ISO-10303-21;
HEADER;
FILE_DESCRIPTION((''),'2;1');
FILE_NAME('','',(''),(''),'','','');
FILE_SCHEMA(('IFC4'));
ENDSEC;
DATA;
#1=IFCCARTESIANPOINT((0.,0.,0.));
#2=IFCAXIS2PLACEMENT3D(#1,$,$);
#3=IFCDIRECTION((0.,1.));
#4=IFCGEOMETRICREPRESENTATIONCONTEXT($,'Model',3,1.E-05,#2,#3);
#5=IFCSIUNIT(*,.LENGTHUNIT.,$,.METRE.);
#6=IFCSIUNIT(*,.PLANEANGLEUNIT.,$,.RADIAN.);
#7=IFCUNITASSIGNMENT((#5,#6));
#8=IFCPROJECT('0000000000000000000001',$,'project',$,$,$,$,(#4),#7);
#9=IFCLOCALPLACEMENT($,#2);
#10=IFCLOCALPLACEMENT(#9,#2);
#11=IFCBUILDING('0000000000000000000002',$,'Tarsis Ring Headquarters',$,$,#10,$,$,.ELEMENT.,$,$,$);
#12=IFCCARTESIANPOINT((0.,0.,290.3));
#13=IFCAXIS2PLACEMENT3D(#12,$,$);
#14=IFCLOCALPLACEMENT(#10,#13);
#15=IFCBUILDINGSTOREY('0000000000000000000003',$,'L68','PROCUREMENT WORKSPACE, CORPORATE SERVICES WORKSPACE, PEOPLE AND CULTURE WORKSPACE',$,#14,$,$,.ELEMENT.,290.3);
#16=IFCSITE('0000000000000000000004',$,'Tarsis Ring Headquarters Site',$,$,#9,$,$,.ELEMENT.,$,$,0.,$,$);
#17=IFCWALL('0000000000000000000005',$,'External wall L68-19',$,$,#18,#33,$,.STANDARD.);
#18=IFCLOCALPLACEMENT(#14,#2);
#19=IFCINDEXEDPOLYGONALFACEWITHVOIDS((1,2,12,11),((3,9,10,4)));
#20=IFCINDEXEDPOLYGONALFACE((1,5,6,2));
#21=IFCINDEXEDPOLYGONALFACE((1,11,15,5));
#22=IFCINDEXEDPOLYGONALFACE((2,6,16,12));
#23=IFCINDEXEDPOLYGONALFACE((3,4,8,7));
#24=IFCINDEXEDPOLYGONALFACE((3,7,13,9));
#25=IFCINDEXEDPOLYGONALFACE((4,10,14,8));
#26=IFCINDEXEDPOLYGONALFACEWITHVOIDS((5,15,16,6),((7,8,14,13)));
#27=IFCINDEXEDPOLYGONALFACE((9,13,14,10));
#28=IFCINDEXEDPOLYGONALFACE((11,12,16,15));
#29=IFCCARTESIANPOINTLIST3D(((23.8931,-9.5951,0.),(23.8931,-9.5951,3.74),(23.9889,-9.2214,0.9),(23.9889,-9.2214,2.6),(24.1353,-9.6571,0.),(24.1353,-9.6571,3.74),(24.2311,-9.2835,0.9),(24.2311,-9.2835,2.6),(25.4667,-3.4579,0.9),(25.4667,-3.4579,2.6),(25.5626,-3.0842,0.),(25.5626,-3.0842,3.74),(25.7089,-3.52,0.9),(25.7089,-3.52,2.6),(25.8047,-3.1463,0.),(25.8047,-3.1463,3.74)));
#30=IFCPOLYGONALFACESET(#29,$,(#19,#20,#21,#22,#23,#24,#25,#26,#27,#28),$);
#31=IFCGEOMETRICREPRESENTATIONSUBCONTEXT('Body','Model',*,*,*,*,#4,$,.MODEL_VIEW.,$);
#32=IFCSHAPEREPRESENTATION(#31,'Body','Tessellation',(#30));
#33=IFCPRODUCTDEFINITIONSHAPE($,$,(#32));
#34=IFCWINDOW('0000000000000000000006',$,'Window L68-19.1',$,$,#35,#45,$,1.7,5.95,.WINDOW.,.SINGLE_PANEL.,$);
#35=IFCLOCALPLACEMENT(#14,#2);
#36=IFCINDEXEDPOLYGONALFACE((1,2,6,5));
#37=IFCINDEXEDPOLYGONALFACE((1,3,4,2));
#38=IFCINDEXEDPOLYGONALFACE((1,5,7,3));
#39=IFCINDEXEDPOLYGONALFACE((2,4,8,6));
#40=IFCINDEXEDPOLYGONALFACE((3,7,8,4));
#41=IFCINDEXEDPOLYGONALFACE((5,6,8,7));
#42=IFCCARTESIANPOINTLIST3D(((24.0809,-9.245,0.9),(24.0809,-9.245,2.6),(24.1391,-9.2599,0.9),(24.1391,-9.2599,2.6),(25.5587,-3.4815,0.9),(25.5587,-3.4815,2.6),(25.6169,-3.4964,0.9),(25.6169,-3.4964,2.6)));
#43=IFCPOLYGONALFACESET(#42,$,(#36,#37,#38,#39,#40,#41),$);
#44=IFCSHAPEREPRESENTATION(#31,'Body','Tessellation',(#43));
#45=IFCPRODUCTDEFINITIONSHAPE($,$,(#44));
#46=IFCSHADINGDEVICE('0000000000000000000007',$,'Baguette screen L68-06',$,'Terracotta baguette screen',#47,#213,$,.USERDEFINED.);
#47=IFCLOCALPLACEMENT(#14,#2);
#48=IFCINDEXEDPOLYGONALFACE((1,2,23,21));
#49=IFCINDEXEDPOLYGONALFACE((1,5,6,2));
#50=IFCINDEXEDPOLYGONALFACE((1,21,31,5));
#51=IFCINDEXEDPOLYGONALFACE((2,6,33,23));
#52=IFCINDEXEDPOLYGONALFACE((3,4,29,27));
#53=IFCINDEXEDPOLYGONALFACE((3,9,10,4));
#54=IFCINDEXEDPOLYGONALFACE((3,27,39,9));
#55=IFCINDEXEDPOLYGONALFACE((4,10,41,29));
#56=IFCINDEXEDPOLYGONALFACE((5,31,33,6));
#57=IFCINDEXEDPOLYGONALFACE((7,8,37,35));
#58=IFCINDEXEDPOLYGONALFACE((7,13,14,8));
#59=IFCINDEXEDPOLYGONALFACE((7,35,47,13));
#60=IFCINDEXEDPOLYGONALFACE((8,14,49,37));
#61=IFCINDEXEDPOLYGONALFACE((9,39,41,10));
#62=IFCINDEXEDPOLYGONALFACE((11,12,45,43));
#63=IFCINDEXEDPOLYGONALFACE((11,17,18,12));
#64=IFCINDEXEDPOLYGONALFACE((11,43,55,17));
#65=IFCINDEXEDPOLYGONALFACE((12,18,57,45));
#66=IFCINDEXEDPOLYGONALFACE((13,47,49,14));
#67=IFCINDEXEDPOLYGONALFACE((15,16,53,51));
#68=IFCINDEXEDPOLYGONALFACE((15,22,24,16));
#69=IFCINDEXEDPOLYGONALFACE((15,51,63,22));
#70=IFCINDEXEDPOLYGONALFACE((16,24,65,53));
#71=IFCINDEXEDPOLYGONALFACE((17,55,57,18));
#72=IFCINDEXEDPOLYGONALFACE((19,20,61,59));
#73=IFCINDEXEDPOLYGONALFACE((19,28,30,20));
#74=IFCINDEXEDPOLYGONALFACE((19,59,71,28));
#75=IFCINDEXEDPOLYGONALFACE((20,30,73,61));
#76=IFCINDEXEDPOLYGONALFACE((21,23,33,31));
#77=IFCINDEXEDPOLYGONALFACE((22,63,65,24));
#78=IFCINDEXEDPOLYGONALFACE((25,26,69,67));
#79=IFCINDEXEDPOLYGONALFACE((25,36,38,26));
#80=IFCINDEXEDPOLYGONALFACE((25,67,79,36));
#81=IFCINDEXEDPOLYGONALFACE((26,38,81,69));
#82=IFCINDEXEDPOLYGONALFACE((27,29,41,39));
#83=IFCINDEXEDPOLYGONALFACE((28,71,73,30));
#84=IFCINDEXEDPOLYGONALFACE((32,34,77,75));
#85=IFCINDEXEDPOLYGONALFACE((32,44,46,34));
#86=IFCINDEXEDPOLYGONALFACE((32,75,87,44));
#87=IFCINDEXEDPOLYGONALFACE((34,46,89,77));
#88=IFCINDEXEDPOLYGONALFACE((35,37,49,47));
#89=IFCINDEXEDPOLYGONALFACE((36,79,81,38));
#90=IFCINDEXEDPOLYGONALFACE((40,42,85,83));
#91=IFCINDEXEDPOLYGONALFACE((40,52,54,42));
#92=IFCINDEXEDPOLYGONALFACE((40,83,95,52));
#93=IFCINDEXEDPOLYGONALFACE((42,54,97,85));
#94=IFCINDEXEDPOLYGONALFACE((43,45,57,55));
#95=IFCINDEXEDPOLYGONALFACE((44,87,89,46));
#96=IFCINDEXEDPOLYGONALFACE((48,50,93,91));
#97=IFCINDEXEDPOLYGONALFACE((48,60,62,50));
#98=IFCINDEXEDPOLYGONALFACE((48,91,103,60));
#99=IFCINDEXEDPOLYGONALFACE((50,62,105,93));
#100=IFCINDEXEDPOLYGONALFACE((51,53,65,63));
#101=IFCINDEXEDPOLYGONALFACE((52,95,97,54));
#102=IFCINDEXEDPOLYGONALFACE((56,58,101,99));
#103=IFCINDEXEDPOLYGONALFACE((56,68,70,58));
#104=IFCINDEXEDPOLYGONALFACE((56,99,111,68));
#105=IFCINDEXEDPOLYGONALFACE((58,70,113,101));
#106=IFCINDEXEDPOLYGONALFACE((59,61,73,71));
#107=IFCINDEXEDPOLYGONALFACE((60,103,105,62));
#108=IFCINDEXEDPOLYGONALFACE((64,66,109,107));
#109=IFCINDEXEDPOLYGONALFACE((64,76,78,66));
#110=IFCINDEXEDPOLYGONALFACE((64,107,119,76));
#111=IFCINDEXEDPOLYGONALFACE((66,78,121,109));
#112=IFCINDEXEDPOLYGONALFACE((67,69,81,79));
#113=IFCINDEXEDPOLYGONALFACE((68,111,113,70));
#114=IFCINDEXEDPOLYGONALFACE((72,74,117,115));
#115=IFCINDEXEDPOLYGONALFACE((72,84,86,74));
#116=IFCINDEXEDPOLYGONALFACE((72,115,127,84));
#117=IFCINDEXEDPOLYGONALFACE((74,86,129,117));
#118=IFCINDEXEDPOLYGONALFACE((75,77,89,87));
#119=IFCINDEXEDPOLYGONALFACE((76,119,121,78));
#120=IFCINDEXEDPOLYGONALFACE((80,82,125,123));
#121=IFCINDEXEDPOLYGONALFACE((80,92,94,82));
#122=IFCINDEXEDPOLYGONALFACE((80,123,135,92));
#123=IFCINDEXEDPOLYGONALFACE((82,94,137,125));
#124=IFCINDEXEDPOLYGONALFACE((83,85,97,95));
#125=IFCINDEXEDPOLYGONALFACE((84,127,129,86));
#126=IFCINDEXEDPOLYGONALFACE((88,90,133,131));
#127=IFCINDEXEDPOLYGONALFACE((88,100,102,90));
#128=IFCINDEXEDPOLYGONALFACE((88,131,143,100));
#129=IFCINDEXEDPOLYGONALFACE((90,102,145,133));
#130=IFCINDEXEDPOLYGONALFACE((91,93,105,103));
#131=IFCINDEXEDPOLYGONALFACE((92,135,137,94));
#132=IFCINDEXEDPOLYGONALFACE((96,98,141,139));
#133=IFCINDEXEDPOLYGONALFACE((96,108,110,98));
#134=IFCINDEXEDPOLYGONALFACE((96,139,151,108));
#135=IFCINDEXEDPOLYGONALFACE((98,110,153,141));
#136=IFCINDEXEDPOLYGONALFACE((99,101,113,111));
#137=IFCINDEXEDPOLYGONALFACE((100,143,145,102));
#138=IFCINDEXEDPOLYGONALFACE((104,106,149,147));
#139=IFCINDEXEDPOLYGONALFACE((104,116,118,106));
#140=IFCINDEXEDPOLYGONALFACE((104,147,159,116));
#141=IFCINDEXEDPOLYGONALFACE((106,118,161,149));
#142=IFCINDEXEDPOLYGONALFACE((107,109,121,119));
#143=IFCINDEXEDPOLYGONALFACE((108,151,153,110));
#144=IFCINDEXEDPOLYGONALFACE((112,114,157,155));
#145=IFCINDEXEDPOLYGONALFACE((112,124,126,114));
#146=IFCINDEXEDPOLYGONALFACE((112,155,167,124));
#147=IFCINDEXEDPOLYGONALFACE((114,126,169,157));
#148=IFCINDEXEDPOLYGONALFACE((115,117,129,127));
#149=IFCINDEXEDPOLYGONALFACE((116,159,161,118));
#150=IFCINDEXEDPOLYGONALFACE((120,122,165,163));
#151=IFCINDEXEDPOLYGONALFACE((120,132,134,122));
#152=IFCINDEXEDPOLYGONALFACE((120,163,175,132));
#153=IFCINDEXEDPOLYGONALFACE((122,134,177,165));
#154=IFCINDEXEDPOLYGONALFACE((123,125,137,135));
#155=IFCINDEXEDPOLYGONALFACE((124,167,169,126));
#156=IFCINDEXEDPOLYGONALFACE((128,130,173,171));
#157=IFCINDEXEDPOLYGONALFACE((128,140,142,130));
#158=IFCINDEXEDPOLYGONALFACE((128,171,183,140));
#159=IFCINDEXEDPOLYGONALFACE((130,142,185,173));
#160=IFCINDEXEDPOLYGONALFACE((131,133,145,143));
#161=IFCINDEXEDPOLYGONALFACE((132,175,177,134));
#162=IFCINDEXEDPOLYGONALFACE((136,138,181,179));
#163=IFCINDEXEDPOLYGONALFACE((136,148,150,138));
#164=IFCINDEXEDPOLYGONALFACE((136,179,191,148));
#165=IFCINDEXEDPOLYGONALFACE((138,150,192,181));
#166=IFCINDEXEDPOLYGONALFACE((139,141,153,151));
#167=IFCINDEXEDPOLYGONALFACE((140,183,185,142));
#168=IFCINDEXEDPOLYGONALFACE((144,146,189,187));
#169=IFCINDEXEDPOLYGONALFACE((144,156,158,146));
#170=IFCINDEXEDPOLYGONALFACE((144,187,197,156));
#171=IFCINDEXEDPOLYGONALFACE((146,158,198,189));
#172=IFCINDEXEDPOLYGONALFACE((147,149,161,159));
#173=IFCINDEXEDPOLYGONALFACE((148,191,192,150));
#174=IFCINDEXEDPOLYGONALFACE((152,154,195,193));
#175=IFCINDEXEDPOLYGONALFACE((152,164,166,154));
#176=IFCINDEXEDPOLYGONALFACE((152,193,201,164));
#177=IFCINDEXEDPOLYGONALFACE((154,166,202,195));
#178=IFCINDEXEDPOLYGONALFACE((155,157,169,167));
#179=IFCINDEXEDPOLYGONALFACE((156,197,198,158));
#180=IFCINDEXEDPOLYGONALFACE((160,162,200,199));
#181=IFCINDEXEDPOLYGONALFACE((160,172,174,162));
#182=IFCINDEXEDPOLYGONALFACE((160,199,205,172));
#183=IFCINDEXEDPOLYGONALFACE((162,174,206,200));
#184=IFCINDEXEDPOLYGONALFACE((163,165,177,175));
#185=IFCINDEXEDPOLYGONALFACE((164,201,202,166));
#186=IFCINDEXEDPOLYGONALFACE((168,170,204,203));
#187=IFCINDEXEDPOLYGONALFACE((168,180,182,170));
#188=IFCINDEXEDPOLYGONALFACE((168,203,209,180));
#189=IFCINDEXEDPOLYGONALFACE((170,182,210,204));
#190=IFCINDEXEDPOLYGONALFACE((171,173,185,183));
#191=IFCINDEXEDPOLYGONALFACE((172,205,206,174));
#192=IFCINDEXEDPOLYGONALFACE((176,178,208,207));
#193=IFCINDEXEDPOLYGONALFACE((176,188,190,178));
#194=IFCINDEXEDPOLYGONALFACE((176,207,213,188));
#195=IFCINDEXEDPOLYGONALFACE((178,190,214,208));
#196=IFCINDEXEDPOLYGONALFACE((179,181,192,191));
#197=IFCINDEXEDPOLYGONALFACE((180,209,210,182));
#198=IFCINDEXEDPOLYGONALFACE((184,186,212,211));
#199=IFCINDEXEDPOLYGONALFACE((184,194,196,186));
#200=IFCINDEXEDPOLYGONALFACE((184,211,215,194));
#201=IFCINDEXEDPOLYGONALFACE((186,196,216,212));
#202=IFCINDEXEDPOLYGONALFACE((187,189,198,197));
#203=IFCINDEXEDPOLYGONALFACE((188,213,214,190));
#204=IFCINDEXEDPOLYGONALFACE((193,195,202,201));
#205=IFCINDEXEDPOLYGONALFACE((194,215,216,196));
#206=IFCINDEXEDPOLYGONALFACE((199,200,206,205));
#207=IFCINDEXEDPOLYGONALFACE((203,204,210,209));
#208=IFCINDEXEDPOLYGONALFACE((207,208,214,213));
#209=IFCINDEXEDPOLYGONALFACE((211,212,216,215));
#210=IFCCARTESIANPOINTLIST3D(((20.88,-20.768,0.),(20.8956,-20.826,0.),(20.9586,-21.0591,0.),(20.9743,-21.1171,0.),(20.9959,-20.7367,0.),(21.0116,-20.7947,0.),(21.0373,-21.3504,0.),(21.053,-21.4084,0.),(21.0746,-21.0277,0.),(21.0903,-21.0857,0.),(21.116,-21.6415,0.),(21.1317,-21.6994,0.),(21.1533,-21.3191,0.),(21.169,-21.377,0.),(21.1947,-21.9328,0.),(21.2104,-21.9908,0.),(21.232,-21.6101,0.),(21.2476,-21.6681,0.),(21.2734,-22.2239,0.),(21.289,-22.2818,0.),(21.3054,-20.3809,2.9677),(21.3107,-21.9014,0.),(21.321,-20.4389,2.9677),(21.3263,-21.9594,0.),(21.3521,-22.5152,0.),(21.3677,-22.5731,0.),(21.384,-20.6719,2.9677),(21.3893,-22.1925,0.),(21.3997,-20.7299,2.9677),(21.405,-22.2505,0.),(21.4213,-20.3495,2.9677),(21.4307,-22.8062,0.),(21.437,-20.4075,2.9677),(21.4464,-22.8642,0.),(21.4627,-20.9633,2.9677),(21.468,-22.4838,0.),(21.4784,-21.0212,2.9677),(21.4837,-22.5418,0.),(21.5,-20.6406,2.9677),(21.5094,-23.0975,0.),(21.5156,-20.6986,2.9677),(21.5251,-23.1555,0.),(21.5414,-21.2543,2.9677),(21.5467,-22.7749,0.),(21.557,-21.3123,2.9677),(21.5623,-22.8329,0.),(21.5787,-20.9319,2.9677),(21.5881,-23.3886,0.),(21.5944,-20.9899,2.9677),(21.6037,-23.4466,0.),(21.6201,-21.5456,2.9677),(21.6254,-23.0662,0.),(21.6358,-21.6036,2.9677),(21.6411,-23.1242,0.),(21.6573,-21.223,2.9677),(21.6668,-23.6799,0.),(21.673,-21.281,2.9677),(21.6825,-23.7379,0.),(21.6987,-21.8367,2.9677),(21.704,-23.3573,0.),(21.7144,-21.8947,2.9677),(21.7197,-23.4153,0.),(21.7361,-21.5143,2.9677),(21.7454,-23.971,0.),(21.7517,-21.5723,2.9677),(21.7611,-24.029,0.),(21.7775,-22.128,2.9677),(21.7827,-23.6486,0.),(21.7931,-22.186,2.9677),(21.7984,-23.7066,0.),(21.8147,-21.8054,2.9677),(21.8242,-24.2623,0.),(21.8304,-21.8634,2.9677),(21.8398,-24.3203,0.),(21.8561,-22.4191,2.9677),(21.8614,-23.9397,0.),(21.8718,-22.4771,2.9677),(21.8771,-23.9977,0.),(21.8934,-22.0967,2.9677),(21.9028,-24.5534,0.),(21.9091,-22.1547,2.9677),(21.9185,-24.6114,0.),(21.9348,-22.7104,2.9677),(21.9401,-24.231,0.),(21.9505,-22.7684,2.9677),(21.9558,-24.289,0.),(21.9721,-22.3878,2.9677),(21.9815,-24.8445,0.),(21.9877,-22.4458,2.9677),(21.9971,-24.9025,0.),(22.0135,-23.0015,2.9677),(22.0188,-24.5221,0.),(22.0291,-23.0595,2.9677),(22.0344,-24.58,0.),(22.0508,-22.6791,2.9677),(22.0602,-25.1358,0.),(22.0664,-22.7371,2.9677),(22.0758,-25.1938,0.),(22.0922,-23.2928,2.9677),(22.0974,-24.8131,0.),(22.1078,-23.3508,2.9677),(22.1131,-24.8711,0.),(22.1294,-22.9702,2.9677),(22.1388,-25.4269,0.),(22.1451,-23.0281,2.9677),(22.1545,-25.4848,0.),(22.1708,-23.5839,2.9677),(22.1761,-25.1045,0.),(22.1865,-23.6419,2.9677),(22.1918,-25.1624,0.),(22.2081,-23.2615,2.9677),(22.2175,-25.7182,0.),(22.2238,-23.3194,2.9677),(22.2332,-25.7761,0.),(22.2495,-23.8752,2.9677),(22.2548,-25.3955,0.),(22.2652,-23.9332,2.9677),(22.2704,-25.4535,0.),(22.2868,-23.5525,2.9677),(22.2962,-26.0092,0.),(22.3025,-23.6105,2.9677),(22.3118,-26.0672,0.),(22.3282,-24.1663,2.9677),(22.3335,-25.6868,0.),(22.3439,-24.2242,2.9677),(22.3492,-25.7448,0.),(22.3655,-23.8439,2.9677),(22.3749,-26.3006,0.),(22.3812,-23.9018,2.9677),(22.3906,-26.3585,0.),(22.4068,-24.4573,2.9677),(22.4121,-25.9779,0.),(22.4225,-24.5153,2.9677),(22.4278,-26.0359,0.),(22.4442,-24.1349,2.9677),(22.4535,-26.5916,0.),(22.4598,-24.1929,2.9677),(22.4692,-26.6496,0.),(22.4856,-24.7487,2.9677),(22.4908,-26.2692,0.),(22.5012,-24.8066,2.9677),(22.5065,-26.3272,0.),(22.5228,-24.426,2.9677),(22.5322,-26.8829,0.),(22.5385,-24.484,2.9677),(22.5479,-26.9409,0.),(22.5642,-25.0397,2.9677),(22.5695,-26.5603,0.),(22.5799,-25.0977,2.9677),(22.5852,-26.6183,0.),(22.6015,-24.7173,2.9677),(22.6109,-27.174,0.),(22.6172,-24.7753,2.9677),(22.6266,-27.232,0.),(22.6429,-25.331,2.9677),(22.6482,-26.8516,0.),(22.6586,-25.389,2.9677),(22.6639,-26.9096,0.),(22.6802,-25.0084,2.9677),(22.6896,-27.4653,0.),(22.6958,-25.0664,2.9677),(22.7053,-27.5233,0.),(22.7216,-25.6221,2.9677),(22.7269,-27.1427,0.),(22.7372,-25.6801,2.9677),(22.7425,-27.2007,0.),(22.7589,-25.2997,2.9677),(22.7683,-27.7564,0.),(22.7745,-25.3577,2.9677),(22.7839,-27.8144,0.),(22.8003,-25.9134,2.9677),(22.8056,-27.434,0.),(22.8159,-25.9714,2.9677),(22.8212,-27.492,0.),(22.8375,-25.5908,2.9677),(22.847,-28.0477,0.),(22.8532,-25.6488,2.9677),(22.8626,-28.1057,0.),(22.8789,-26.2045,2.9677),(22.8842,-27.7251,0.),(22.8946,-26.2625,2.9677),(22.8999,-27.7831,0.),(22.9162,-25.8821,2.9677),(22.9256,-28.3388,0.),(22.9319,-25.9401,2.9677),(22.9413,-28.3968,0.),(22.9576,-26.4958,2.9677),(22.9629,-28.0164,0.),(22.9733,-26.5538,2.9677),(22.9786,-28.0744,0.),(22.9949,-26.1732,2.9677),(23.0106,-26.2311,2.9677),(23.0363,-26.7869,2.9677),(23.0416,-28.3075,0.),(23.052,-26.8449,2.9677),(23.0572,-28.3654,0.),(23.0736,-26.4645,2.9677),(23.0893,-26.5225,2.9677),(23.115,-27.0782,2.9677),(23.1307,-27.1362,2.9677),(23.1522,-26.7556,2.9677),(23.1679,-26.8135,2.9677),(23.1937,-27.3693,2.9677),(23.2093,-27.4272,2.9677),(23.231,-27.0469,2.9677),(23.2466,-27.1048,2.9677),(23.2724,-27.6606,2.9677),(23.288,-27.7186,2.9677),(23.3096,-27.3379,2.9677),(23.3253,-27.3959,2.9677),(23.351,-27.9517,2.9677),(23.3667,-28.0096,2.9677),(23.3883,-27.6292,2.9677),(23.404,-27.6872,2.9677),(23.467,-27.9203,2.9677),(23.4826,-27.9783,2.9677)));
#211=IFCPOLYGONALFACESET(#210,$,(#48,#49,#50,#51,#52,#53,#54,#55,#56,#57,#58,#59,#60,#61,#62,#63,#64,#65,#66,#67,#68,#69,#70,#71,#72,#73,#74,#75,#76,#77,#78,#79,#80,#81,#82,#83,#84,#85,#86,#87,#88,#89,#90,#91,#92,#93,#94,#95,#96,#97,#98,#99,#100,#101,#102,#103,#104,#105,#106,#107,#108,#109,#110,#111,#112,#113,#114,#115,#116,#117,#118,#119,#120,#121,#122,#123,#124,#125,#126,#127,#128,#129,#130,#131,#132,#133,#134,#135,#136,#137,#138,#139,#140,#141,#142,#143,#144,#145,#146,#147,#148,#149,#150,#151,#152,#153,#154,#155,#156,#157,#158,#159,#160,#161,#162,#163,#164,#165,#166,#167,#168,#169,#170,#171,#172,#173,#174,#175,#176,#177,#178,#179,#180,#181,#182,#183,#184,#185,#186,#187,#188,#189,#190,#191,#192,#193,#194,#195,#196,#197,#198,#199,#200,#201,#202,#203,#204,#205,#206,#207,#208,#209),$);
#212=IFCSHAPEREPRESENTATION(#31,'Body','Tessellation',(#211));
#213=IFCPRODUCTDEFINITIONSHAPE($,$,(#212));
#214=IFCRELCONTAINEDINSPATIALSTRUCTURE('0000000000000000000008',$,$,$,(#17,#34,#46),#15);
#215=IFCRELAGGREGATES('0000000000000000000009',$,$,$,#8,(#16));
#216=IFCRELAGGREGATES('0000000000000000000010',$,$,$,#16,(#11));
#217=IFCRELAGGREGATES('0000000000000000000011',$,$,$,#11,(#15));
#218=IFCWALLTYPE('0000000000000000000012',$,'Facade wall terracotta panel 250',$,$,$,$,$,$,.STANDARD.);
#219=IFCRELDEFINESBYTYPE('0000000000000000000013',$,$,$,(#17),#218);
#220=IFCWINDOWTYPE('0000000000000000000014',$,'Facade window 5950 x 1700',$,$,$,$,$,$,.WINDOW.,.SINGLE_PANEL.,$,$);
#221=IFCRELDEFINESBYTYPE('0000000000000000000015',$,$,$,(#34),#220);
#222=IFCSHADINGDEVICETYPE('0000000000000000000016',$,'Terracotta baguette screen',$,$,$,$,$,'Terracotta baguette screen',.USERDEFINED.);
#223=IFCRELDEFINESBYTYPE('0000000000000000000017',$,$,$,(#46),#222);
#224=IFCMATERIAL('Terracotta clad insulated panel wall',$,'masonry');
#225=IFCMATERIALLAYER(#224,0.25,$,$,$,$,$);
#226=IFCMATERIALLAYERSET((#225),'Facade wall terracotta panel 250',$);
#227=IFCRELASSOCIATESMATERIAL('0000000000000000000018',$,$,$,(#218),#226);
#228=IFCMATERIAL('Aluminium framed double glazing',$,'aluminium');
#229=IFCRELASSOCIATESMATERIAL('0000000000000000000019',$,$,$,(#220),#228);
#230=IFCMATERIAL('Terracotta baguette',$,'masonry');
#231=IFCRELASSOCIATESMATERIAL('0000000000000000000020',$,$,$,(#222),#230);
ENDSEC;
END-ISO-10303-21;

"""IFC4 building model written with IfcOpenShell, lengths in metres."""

from ifc_helpers import new_model, si_unit, direction, frame, frame_2d, origin, place, context, subcontext, project, spatial, rectangle, composite_profile, extrude, material, layer, layer_set, type_object, element, fill, save


model = new_model("IFC4")

# Units and contexts
model_context = context("Model", 3, precision=1e-05, world=origin(), true_north=direction((0.0, 1.0)))
body_context = subcontext(model_context, "Body", "Model", "MODEL_VIEW")
ifc_project = project(units=[si_unit("LENGTHUNIT", "METRE"), si_unit("PLANEANGLEUNIT", "RADIAN")], contexts=[model_context])

# Site, building, storey
site_placement = place(None, origin())
site = spatial("IfcSite", under=ifc_project, at=site_placement, Name="Tarsis Ring Headquarters Site", CompositionType="ELEMENT", RefElevation=0.0)
building_placement = place(site_placement, origin())
building = spatial("IfcBuilding", under=site, at=building_placement, Name="Tarsis Ring Headquarters", CompositionType="ELEMENT")
storey_placement = place(building_placement, frame((0.0, 0.0, 290.3)))
storey = spatial("IfcBuildingStorey", under=building, at=storey_placement, Name="L68", Description="PROCUREMENT WORKSPACE, CORPORATE SERVICES WORKSPACE, PEOPLE AND CULTURE WORKSPACE", CompositionType="ELEMENT", Elevation=290.3)

# Wall, opening, window
ifc_material_1 = material(Name="Terracotta clad insulated panel wall", Category="masonry")
ifc_layer_1 = layer(ifc_material_1, 0.25)
ifc_layer_set_1 = layer_set([ifc_layer_1], Name="Facade wall terracotta panel 250")
wall_type_1 = type_object("IfcWallType", Name="Facade wall terracotta panel 250", PredefinedType="STANDARD", material=ifc_layer_set_1)
ifc_material_2 = material(Name="Aluminium framed double glazing", Category="aluminium")
window_type_1 = type_object("IfcWindowType", Name="Facade window 5950 x 1700", PartitioningType="SINGLE_PANEL", PredefinedType="WINDOW", material=ifc_material_2)
wall_1_placement = place(storey_placement, frame((24.0142, -9.6262, 0.0), z_axis=(0.0, 0.0, 1.0), x_axis=(0.248377, 0.968663, 0.0)))
wall_1 = element("IfcWall", 1, at=wall_1_placement, inside=storey, type_object=wall_type_1, Name="External wall L68-19", PredefinedType="STANDARD", context=body_context, shape_type="SweptSolid", body=[
    extrude(rectangle(XDim=6.7214, YDim=0.25, at=frame_2d((3.3608, 0.0))), origin(), (0.0, 0.0, 1.0), 3.74),
])
opening_1_placement = place(wall_1_placement, frame((0.3857, 0.0, 0.8999)))
opening_1 = element("IfcOpeningElement", 2, at=opening_1_placement, cuts=wall_1, PredefinedType="OPENING", context=body_context, shape_type="SweptSolid", body=[
    extrude(rectangle(XDim=5.95, YDim=1.7, at=frame_2d((2.9751, 0.8501))), frame((0.0, 0.135, 0.0), z_axis=(0.0, -1.0, 0.0), x_axis=(1.0, 0.0, 0.0)), (0.0, 0.0, 1.0), 0.27),
])
window_1_placement = place(opening_1_placement, origin())
window_1 = element("IfcWindow", 3, at=window_1_placement, inside=storey, type_object=window_type_1, Name="Window L68-19.1", OverallHeight=1.7, OverallWidth=5.95, PartitioningType="SINGLE_PANEL", PredefinedType="WINDOW", context=body_context, shape_type="SweptSolid", body=[
    extrude(rectangle(XDim=5.95, YDim=1.7, at=frame_2d((2.9751, 0.8501))), frame((0.0, 0.03, 0.0), z_axis=(0.0, -1.0, 0.0), x_axis=(1.0, 0.0, 0.0)), (0.0, 0.0, 1.0), 0.0601),
])
fill(opening_1, window_1)

# Shading device
ifc_material_3 = material(Name="Terracotta baguette", Category="masonry")
shading_device_type = type_object("IfcShadingDeviceType", Name="Terracotta baguette screen", ElementType="Terracotta baguette screen", PredefinedType="USERDEFINED", material=ifc_material_3)
shading_device_1_placement = place(storey_placement, frame((22.9993, -28.3811, 0.0), z_axis=(0.0, 0.0, 1.0), x_axis=(-0.260844, 0.965367, 0.0)))
element("IfcShadingDevice", 4, at=shading_device_1_placement, inside=storey, type_object=shading_device_type, Name="Baguette screen L68-06", ObjectType="Terracotta baguette screen", PredefinedType="USERDEFINED", context=body_context, shape_type="SweptSolid", body=[
    extrude(composite_profile([rectangle(XDim=0.0601, YDim=0.1201, at=frame_2d((0.03, 0.0))), rectangle(XDim=0.0601, YDim=0.1201, at=frame_2d((0.3315, 0.0))), rectangle(XDim=0.0601, YDim=0.1201, at=frame_2d((0.6333, 0.0))), rectangle(XDim=0.0601, YDim=0.1201, at=frame_2d((0.9348, 0.0))), rectangle(XDim=0.0601, YDim=0.1201, at=frame_2d((1.2366, 0.0))), rectangle(XDim=0.0601, YDim=0.1201, at=frame_2d((1.5381, 0.0))), rectangle(XDim=0.0601, YDim=0.1201, at=frame_2d((1.8398, 0.0))), rectangle(XDim=0.0601, YDim=0.1201, at=frame_2d((2.1414, 0.0))), rectangle(XDim=0.0601, YDim=0.1201, at=frame_2d((2.4431, 0.0))), rectangle(XDim=0.0601, YDim=0.1201, at=frame_2d((2.7446, 0.0))), rectangle(XDim=0.0601, YDim=0.1201, at=frame_2d((3.0464, 0.0))), rectangle(XDim=0.0601, YDim=0.1201, at=frame_2d((3.3479, 0.0))), rectangle(XDim=0.0601, YDim=0.1201, at=frame_2d((3.6497, 0.0))), rectangle(XDim=0.0601, YDim=0.1201, at=frame_2d((3.9512, 0.0))), rectangle(XDim=0.0601, YDim=0.1201, at=frame_2d((4.2527, 0.0))), rectangle(XDim=0.0601, YDim=0.1201, at=frame_2d((4.5544, 0.0))), rectangle(XDim=0.0601, YDim=0.1201, at=frame_2d((4.856, 0.0))), rectangle(XDim=0.0601, YDim=0.1201, at=frame_2d((5.1577, 0.0))), rectangle(XDim=0.0601, YDim=0.1201, at=frame_2d((5.4592, 0.0))), rectangle(XDim=0.0601, YDim=0.1201, at=frame_2d((5.761, 0.0))), rectangle(XDim=0.0601, YDim=0.1201, at=frame_2d((6.0625, 0.0))), rectangle(XDim=0.0601, YDim=0.1201, at=frame_2d((6.3643, 0.0))), rectangle(XDim=0.0601, YDim=0.1201, at=frame_2d((6.6658, 0.0))), rectangle(XDim=0.0601, YDim=0.1201, at=frame_2d((6.9675, 0.0))), rectangle(XDim=0.0601, YDim=0.1201, at=frame_2d((7.269, 0.0))), rectangle(XDim=0.0601, YDim=0.1201, at=frame_2d((7.5708, 0.0))), rectangle(XDim=0.0601, YDim=0.1201, at=frame_2d((7.8723, 0.0)))]), origin(), (0.086925, -0.169254, 0.981732), 3.0229),
])

save(model, "model.ifc")
